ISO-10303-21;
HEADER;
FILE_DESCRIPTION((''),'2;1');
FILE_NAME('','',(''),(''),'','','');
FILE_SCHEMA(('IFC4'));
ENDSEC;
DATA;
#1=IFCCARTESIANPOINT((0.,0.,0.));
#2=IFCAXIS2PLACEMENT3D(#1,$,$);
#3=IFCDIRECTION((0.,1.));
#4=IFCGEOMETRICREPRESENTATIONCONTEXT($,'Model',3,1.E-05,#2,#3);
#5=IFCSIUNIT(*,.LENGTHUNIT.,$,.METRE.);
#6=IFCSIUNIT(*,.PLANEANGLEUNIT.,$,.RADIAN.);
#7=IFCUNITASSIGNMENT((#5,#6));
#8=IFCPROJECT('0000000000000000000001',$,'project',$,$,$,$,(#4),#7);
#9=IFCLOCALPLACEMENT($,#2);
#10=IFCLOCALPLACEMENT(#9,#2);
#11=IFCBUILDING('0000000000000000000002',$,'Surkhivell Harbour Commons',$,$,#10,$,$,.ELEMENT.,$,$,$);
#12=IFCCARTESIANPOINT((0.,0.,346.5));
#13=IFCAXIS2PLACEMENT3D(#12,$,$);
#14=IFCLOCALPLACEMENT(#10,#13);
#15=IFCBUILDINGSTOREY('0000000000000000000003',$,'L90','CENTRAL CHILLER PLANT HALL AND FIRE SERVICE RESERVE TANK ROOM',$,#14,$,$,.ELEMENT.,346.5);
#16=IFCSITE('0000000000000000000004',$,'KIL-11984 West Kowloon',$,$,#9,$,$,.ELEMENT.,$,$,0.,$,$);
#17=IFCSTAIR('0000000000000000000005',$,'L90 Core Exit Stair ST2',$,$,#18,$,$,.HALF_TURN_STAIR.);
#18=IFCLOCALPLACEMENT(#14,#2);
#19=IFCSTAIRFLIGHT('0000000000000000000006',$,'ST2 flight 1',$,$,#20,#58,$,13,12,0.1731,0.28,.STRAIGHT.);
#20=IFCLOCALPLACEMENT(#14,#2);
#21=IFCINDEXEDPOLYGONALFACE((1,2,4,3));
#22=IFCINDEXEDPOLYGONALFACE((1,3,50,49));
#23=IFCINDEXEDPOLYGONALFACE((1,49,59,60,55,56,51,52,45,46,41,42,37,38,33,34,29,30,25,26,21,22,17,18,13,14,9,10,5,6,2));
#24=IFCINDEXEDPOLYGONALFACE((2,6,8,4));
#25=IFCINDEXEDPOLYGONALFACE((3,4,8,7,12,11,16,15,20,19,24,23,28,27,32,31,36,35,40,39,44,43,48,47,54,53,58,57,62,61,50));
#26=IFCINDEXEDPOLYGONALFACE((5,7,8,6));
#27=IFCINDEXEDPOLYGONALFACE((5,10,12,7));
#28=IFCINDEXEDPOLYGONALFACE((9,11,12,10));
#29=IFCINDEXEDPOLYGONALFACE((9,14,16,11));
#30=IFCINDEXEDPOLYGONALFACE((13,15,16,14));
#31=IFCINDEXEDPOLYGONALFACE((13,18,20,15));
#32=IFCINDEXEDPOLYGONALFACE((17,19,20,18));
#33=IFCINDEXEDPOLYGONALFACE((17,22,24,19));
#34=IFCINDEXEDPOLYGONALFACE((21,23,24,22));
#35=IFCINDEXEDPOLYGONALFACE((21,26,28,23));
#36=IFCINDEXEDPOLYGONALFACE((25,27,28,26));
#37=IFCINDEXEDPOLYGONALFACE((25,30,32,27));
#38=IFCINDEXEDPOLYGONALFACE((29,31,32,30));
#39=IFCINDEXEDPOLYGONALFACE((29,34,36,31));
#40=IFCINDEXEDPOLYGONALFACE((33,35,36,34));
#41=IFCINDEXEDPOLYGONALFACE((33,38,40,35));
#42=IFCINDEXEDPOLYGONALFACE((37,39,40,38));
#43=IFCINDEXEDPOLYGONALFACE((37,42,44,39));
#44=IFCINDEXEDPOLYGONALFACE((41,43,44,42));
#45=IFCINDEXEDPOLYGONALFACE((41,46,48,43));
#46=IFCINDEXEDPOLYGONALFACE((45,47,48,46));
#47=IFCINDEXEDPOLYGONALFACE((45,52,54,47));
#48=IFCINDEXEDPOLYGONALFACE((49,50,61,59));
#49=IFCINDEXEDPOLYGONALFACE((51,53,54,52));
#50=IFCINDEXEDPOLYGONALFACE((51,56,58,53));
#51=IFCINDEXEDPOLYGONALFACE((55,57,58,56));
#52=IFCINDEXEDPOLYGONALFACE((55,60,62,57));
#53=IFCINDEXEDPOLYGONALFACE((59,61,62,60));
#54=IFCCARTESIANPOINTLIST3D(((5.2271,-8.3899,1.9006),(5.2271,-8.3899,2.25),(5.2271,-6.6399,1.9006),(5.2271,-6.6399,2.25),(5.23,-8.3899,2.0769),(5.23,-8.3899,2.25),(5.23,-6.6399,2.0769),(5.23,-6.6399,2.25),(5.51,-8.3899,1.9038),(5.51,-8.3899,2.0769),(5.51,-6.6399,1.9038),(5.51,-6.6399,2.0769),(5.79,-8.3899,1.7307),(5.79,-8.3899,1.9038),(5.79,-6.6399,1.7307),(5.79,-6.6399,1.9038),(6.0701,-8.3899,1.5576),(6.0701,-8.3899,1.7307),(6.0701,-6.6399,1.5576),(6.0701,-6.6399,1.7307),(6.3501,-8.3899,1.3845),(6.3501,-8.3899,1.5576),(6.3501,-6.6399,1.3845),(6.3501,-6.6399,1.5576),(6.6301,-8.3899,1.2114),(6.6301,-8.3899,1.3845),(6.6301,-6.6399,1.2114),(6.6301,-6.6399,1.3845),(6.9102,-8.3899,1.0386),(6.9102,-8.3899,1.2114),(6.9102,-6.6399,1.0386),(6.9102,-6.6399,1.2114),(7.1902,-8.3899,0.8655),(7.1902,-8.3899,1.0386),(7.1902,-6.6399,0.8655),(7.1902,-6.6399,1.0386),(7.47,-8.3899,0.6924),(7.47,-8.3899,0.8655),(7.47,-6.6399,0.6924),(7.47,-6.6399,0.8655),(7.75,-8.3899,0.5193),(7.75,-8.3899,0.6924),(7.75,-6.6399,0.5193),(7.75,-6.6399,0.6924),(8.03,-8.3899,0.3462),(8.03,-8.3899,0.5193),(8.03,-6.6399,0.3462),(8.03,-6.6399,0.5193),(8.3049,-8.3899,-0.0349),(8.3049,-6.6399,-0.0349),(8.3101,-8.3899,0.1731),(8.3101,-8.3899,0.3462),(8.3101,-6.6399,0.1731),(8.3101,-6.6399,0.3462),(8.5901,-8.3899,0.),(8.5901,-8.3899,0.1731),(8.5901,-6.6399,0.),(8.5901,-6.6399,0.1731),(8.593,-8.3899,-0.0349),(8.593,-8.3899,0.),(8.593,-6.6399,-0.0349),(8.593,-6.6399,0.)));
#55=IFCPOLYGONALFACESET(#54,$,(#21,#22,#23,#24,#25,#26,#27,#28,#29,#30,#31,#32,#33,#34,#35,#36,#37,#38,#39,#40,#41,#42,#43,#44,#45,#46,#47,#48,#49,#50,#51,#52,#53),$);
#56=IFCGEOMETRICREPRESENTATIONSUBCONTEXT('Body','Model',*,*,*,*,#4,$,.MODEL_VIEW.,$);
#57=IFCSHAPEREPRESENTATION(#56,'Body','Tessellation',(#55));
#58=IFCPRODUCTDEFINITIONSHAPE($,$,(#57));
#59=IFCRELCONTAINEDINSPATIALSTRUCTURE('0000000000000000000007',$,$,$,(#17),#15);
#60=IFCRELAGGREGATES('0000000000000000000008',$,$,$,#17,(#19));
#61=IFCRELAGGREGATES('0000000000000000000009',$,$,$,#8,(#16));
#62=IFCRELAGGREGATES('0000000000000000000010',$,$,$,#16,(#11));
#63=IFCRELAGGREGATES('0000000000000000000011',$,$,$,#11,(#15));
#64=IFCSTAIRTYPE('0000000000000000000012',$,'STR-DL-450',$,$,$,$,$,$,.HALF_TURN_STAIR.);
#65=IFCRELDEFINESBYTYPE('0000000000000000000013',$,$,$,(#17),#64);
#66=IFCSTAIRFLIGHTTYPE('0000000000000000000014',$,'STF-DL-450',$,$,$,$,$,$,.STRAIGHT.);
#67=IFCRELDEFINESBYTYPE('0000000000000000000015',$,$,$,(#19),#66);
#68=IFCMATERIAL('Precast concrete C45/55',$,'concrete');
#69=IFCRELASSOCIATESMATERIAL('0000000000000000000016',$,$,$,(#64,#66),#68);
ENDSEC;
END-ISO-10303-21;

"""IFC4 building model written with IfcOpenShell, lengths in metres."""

from ifc_helpers import new_model, si_unit, direction, frame, origin, place, context, subcontext, project, spatial, polyline, outline, extrude, material, type_object, element, aggregate, save


model = new_model("IFC4")

# Units and contexts
model_context = context("Model", 3, precision=1e-05, world=origin(), true_north=direction((0.0, 1.0)))
body_context = subcontext(model_context, "Body", "Model", "MODEL_VIEW")
ifc_project = project(units=[si_unit("LENGTHUNIT", "METRE"), si_unit("PLANEANGLEUNIT", "RADIAN")], contexts=[model_context])

# Site, building, storey
site_placement = place(None, origin())
site = spatial("IfcSite", under=ifc_project, at=site_placement, Name="KIL-11984 West Kowloon", CompositionType="ELEMENT", RefElevation=0.0)
building_placement = place(site_placement, origin())
building = spatial("IfcBuilding", under=site, at=building_placement, Name="Surkhivell Harbour Commons", CompositionType="ELEMENT")
storey_placement = place(building_placement, frame((0.0, 0.0, 346.5)))
storey = spatial("IfcBuildingStorey", under=building, at=storey_placement, Name="L90", Description="CENTRAL CHILLER PLANT HALL AND FIRE SERVICE RESERVE TANK ROOM", CompositionType="ELEMENT", Elevation=346.5)

# Stair, stair flight
ifc_material_1 = material(Name="Precast concrete C45/55", Category="concrete")
stair_type = type_object("IfcStairType", Name="STR-DL-450", PredefinedType="HALF_TURN_STAIR", material=ifc_material_1)
stair_placement = place(storey_placement, origin())
stair = element("IfcStair", 1, at=stair_placement, inside=storey, type_object=stair_type, Name="L90 Core Exit Stair ST2", PredefinedType="HALF_TURN_STAIR")
stair_flight_type = type_object("IfcStairFlightType", Name="STF-DL-450", PredefinedType="STRAIGHT", material=ifc_material_1)
stair_flight_placement = place(storey_placement, frame((8.5901, -7.5149, 0.0), z_axis=(0.0, 0.0, 1.0), x_axis=(-1.0, 0.0, 0.0)))
stair_flight = element("IfcStairFlight", 2, at=stair_flight_placement, type_object=stair_flight_type, Name="ST2 flight 1", NumberOfRisers=13, NumberOfTreads=12, PredefinedType="STRAIGHT", RiserHeight=0.1731, TreadLength=0.28, context=body_context, shape_type="SweptSolid", body=[
    extrude(outline(polyline([(-0.0029, -0.0349), (-0.0029, 0.0), (0.0, 0.0), (0.0, 0.1731), (0.28, 0.1731), (0.28, 0.3462), (0.5601, 0.3462), (0.5601, 0.5193), (0.8401, 0.5193), (0.8401, 0.6924), (1.1201, 0.6924), (1.1201, 0.8655), (1.3999, 0.8655), (1.3999, 1.0386), (1.6799, 1.0386), (1.6799, 1.2114), (1.96, 1.2114), (1.96, 1.3845), (2.24, 1.3845), (2.24, 1.5576), (2.52, 1.5576), (2.52, 1.7307), (2.8, 1.7307), (2.8, 1.9038), (3.0801, 1.9038), (3.0801, 2.0769), (3.3601, 2.0769), (3.3601, 2.25), (3.363, 2.25), (3.363, 1.9006), (0.2852, -0.0349), (-0.0029, -0.0349)])), frame((0.0, 0.875, 0.0), z_axis=(0.0, -1.0, 0.0), x_axis=(1.0, 0.0, 0.0)), (0.0, 0.0, 1.0), 1.75),
])
aggregate(stair, [stair_flight])

save(model, "model.ifc")
